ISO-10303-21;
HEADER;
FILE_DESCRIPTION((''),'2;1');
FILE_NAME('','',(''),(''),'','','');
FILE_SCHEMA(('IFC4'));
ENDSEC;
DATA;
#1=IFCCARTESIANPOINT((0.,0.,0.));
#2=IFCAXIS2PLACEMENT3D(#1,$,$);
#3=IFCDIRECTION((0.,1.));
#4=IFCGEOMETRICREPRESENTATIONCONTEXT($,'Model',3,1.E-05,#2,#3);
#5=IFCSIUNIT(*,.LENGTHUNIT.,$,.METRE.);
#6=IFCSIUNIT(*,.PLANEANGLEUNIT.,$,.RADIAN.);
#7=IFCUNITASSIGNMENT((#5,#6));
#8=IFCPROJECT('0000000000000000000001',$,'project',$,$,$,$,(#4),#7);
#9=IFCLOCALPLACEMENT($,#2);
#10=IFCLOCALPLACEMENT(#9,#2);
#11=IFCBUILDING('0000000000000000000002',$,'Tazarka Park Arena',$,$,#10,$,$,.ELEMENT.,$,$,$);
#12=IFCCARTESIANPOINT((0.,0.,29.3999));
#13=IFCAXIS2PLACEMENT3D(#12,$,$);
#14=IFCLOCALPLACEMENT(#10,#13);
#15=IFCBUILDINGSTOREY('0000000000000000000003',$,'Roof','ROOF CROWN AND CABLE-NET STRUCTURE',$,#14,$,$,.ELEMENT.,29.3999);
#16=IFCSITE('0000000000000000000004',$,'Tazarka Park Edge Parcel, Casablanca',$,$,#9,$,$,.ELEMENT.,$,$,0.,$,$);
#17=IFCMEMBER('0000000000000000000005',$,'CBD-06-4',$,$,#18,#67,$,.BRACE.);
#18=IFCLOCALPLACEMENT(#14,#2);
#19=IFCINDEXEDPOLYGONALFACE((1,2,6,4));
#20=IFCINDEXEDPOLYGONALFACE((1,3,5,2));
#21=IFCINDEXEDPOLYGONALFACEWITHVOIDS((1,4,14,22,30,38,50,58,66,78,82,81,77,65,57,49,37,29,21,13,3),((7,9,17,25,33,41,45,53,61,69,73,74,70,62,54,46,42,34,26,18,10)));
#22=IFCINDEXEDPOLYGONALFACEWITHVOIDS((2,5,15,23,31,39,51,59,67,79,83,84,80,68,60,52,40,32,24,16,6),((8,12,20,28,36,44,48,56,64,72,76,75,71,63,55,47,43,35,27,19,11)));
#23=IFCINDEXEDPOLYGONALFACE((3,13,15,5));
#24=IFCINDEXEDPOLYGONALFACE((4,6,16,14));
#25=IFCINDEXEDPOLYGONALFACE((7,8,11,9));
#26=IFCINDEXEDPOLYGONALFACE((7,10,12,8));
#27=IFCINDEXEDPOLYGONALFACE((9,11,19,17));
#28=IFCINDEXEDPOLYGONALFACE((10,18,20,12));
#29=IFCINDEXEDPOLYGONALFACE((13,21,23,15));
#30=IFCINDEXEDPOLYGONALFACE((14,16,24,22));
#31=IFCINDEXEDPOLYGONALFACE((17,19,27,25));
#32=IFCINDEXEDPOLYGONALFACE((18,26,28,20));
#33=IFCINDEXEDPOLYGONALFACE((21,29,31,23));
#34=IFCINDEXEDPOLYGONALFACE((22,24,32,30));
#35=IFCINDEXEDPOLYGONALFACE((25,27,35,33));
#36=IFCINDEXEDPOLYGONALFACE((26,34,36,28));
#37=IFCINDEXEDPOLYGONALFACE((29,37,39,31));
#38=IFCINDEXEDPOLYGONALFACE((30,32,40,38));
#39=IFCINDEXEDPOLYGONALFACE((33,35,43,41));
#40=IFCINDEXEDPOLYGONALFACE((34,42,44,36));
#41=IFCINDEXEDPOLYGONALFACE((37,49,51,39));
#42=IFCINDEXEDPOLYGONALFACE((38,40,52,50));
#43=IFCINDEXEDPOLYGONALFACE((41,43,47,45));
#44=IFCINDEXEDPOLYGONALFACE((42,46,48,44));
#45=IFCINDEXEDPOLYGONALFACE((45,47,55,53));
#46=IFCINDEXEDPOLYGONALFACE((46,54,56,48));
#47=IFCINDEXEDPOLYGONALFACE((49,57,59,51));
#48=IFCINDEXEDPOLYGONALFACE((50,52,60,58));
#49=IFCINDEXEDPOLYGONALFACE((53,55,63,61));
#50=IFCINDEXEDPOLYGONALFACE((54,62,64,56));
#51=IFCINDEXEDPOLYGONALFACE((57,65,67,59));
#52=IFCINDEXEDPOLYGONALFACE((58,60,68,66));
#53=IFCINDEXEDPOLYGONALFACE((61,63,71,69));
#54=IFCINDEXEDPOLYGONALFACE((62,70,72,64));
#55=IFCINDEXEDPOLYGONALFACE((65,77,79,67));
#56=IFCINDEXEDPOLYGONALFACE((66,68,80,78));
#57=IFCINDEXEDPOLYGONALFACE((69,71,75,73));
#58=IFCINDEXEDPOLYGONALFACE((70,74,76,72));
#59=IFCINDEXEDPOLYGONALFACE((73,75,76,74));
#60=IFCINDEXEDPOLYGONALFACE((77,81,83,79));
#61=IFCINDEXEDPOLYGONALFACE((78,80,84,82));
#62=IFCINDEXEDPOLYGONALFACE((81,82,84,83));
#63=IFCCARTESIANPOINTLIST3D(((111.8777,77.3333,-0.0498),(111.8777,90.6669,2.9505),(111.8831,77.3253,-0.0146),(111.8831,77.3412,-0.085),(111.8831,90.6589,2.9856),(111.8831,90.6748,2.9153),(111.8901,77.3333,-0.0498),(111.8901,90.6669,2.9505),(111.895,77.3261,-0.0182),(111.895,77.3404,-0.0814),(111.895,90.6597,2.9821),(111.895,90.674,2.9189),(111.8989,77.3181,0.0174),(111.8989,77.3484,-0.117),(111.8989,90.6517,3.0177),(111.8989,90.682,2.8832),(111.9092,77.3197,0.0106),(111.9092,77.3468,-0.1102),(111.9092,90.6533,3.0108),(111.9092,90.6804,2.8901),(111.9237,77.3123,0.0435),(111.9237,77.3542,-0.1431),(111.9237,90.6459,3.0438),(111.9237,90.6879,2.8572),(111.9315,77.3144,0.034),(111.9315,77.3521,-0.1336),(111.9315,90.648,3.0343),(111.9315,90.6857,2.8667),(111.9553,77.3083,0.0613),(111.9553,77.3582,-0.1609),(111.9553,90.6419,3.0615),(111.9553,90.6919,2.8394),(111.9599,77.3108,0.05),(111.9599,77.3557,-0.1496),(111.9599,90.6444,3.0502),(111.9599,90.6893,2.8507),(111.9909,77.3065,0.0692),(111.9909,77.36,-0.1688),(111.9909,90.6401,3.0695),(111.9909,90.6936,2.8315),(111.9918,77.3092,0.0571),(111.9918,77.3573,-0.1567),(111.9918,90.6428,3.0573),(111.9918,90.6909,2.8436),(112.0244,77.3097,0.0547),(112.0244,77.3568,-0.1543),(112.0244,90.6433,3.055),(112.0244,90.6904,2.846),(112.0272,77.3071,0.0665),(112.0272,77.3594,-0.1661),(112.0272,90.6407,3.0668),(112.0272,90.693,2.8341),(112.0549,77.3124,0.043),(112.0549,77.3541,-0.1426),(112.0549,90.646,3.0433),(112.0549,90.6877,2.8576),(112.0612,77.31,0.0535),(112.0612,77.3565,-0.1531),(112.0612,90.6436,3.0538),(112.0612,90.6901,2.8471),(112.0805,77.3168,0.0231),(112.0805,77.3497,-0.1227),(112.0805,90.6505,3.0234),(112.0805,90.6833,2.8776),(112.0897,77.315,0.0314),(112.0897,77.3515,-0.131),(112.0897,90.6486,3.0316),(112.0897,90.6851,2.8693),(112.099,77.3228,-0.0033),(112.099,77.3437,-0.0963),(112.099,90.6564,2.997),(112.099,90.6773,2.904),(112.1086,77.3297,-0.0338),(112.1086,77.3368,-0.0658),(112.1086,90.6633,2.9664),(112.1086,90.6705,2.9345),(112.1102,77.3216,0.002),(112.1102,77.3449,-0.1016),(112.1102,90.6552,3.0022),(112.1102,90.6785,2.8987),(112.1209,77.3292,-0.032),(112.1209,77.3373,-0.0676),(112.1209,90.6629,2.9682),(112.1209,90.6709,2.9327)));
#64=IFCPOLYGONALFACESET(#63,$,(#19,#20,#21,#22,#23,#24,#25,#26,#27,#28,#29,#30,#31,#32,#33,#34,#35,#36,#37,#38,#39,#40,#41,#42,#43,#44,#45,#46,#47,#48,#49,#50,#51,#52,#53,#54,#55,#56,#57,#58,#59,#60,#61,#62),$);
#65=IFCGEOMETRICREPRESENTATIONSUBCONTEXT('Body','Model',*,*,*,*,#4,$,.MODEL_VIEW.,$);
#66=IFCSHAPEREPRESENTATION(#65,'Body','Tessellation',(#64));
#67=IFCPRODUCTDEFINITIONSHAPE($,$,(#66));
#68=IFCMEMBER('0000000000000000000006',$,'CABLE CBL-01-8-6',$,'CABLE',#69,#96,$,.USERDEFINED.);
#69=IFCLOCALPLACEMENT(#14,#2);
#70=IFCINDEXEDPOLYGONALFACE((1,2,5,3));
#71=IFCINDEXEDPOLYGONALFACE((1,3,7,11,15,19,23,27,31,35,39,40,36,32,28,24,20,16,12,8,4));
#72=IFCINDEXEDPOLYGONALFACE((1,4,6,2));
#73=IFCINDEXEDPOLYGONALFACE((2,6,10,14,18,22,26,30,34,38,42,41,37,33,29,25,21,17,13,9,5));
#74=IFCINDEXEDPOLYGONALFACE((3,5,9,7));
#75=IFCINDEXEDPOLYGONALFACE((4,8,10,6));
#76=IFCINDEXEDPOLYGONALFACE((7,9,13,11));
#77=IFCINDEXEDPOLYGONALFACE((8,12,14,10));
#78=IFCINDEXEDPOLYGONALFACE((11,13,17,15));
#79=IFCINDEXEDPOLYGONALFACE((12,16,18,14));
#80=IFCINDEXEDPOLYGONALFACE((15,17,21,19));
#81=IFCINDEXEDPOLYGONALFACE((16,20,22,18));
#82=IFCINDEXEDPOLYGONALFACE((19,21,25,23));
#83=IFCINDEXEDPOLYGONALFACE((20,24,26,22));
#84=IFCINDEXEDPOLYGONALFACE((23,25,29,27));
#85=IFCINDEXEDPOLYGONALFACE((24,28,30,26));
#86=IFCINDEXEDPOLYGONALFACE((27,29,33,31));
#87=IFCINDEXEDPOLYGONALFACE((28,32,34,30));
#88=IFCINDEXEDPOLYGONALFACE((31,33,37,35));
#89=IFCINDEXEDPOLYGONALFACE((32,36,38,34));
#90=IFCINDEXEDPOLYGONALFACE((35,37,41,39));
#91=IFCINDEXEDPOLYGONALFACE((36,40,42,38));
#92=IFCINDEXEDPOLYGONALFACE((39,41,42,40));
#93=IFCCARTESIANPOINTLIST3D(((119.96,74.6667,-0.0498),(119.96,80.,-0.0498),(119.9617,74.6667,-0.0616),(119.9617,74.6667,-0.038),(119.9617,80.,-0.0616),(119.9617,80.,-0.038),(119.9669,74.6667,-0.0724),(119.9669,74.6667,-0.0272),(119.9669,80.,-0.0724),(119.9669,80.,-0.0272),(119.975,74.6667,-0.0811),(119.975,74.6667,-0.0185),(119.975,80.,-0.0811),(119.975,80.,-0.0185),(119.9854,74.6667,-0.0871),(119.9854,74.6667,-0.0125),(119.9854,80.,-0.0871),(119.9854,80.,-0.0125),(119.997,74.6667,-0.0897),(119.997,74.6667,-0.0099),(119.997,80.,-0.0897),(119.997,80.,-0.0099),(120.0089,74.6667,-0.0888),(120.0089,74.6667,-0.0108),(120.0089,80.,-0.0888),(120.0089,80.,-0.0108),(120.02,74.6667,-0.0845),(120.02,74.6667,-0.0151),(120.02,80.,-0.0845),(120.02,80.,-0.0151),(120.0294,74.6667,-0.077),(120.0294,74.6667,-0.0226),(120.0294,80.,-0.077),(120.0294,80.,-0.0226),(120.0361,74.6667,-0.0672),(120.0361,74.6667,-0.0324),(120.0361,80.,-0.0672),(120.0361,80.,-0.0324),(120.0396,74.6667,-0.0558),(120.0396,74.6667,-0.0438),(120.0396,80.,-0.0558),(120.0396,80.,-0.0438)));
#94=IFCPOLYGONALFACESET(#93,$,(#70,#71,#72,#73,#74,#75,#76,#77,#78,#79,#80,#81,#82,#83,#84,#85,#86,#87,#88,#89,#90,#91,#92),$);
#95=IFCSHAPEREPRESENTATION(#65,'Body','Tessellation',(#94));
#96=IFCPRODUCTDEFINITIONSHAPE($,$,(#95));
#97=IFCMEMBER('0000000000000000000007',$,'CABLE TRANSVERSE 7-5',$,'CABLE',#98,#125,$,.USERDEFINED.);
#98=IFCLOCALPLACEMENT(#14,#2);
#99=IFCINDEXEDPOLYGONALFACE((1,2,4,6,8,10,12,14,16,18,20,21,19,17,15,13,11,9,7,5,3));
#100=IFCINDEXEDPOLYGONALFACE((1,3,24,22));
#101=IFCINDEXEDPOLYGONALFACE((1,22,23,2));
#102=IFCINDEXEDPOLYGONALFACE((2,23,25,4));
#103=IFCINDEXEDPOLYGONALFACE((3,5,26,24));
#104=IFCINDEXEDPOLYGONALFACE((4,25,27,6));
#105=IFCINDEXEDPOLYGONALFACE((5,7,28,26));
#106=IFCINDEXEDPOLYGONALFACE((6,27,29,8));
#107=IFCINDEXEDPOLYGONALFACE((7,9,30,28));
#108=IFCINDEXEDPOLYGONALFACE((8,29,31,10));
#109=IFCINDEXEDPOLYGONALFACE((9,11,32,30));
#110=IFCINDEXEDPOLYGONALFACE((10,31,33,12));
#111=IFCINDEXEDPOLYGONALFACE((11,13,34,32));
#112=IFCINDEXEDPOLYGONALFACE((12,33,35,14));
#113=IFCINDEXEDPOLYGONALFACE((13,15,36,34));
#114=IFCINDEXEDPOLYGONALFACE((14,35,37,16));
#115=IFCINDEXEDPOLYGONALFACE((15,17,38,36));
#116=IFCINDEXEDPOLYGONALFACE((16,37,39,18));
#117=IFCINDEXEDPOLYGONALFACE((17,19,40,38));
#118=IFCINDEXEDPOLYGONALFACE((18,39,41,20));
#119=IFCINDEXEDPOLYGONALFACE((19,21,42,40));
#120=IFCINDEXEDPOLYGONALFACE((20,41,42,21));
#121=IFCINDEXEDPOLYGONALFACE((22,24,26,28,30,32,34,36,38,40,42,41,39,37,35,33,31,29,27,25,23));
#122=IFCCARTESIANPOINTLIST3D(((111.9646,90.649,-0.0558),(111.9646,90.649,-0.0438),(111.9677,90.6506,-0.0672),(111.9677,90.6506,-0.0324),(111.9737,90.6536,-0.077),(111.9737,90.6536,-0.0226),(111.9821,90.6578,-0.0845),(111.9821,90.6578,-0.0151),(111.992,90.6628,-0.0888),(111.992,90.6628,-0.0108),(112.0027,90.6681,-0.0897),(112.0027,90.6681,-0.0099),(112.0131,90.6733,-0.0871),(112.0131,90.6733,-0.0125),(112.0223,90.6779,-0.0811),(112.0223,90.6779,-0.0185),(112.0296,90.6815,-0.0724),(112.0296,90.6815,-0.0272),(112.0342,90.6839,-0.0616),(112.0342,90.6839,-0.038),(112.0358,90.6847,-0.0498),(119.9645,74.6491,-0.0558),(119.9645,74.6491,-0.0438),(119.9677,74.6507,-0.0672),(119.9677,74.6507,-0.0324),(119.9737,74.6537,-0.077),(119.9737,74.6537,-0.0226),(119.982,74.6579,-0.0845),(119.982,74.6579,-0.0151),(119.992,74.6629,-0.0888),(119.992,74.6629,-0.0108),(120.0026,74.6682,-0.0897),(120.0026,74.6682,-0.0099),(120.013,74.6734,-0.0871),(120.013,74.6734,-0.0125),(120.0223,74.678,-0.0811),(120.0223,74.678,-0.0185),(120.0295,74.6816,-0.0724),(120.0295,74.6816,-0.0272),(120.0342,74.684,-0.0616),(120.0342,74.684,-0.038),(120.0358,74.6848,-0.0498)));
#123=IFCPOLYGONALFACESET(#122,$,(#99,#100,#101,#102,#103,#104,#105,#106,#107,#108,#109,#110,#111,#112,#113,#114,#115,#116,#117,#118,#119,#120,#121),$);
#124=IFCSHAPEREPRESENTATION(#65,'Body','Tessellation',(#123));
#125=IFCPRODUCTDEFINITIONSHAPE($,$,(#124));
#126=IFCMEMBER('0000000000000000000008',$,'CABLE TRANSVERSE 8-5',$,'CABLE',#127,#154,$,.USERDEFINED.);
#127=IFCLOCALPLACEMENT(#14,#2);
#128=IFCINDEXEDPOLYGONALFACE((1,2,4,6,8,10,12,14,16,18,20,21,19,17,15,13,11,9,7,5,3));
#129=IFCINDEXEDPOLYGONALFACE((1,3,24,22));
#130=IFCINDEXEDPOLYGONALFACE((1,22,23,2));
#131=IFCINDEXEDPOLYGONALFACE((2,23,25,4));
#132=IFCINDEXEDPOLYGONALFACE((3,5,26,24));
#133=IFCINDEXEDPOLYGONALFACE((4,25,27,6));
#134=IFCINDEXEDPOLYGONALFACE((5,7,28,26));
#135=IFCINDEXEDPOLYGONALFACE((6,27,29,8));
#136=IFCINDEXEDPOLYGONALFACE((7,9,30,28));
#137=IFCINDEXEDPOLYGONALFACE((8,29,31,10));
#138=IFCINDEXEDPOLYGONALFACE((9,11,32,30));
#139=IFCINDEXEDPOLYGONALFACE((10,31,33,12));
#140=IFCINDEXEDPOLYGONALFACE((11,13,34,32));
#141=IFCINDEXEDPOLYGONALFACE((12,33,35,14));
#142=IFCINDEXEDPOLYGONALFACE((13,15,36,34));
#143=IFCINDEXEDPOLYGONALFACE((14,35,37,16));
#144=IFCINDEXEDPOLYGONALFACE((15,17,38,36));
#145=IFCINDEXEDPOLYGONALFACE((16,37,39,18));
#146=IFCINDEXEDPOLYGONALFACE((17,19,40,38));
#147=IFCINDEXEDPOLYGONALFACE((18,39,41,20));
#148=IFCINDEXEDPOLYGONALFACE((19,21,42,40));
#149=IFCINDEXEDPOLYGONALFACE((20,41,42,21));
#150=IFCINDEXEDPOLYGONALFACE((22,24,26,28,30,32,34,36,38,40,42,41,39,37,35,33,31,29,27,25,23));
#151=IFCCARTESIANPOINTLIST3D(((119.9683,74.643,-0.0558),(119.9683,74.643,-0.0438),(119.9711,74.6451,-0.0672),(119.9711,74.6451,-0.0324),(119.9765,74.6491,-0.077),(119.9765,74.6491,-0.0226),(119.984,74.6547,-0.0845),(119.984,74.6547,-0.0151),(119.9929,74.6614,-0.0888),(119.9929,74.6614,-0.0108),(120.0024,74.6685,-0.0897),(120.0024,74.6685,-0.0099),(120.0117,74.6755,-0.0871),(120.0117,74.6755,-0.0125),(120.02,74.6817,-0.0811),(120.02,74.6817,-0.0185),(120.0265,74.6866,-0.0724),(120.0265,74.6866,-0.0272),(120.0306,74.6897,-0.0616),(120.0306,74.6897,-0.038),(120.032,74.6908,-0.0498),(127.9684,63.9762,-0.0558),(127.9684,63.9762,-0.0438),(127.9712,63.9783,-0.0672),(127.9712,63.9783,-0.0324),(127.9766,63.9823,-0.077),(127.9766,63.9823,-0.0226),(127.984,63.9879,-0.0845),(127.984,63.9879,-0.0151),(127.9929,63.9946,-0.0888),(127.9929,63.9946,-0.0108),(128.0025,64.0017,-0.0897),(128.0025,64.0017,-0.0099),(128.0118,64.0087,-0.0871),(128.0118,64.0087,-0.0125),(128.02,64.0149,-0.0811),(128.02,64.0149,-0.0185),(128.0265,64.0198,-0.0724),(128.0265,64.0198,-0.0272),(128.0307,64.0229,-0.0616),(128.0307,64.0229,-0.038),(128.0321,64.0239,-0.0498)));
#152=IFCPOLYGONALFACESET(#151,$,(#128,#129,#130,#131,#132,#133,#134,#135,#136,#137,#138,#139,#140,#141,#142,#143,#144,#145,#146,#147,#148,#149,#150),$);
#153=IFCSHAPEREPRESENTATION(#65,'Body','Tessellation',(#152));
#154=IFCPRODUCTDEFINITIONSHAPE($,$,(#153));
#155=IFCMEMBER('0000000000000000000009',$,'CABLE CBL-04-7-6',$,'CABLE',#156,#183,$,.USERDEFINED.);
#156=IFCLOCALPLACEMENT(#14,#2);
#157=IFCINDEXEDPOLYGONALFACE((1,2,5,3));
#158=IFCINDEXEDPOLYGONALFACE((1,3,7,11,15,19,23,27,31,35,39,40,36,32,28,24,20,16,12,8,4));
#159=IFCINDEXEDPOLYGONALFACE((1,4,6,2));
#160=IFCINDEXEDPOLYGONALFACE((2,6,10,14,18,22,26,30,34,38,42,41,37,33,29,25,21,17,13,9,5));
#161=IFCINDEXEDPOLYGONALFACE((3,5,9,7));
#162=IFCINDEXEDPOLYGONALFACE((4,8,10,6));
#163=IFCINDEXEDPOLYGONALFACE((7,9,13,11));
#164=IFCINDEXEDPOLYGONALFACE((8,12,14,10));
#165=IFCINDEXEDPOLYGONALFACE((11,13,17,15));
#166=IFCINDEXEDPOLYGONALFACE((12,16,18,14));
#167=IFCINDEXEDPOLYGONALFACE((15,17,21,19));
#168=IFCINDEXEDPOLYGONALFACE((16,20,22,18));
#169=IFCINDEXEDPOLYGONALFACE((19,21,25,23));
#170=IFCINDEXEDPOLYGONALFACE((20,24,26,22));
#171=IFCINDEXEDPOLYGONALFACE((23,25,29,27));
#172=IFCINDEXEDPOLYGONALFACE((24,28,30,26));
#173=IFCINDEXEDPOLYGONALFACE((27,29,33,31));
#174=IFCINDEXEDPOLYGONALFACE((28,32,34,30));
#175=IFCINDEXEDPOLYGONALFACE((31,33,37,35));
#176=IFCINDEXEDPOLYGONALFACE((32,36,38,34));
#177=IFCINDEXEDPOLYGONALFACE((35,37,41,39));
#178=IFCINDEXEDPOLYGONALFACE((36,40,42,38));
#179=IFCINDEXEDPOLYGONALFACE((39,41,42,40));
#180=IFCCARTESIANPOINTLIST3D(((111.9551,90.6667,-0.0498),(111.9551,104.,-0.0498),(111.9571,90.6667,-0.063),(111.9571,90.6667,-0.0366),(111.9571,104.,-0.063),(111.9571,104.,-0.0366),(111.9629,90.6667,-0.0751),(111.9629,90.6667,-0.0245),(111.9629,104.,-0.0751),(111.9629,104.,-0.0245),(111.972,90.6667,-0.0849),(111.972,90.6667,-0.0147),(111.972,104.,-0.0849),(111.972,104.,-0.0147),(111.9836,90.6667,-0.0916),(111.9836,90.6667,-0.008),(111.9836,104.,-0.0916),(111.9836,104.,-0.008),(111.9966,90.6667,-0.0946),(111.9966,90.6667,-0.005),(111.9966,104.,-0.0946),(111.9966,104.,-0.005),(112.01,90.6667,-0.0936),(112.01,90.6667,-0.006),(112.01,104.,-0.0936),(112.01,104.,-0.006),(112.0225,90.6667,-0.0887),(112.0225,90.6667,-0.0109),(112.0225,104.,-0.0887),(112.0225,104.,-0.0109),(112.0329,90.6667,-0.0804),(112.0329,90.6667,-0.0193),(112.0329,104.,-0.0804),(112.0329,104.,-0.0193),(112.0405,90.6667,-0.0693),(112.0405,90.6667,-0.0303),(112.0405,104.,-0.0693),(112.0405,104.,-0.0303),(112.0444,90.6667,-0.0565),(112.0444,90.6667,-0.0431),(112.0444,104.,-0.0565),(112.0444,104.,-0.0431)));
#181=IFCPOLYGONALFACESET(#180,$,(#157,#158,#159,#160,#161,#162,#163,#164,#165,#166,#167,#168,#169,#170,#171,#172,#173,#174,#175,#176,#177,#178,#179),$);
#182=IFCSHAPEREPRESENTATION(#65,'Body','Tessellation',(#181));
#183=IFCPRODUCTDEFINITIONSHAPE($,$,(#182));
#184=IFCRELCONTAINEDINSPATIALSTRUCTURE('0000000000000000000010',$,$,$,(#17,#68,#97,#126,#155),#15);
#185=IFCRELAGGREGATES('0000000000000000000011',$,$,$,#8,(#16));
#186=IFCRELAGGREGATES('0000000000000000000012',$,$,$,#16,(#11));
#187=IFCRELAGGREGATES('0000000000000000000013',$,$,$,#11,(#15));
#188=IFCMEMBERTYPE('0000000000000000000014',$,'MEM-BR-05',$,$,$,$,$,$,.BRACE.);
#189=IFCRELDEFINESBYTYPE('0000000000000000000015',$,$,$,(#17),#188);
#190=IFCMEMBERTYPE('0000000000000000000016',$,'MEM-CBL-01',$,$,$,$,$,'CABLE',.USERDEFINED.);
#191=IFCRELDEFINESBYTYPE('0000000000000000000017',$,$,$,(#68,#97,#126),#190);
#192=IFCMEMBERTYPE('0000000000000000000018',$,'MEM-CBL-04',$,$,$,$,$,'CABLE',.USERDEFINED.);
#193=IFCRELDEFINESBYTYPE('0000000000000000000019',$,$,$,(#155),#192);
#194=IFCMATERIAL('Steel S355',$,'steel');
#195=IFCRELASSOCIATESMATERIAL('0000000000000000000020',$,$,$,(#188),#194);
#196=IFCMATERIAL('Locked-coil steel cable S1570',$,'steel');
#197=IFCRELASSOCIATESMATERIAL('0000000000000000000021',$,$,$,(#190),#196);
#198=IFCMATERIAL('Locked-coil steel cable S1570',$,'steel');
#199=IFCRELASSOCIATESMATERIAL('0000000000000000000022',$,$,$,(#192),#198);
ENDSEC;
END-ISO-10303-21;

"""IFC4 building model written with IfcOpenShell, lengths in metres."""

from ifc_helpers import new_model, si_unit, direction, frame, origin, origin_2d, place, context, subcontext, project, spatial, circle, hollow_circle, extrude, material, material_profile, profile_set, type_object, element, save


model = new_model("IFC4")

# Units and contexts
model_context = context("Model", 3, precision=1e-05, world=origin(), true_north=direction((0.0, 1.0)))
body_context = subcontext(model_context, "Body", "Model", "MODEL_VIEW")
ifc_project = project(units=[si_unit("LENGTHUNIT", "METRE"), si_unit("PLANEANGLEUNIT", "RADIAN")], contexts=[model_context])

# Site, building, storey
site_placement = place(None, origin())
site = spatial("IfcSite", under=ifc_project, at=site_placement, Name="Tazarka Park Edge Parcel, Casablanca", CompositionType="ELEMENT", RefElevation=0.0)
building_placement = place(site_placement, origin())
building = spatial("IfcBuilding", under=site, at=building_placement, Name="Tazarka Park Arena", CompositionType="ELEMENT")
storey_placement = place(building_placement, frame((0.0, 0.0, 29.3999)))
storey = spatial("IfcBuildingStorey", under=building, at=storey_placement, Name="Roof", Description="ROOF CROWN AND CABLE-NET STRUCTURE", CompositionType="ELEMENT", Elevation=29.3999)

# Members
ifc_material_1 = material(Name="Steel S355", Category="steel")
ifc_material_profile_1 = material_profile(ifc_material_1, hollow_circle(Radius=0.1223, WallThickness=0.0125, at=origin_2d()), Name="Steel S355")
ifc_profile_set_1 = profile_set([ifc_material_profile_1], Name="Steel S355")
member_type_1 = type_object("IfcMemberType", Name="MEM-BR-05", PredefinedType="BRACE", material=ifc_profile_set_1)
member_1_placement = place(storey_placement, frame((112.0, 77.3333, -0.0498), z_axis=(0.0, 0.975607, 0.219527), x_axis=(-1.0, 0.0, 0.0)))
element("IfcMember", 1, at=member_1_placement, inside=storey, type_object=member_type_1, Name="CBD-06-4", PredefinedType="BRACE", context=body_context, shape_type="SweptSolid", body=[
    extrude(hollow_circle(Radius=0.1223, WallThickness=0.0125, at=origin_2d()), origin(), (0.0, 0.0, 1.0), 13.667),
])
ifc_material_2 = material(Name="Locked-coil steel cable S1570", Category="steel")
ifc_material_profile_2 = material_profile(ifc_material_2, circle(Radius=0.04, at=origin_2d()), Name="Locked-coil steel cable S1570")
ifc_profile_set_2 = profile_set([ifc_material_profile_2], Name="Locked-coil steel cable S1570")
member_type_2 = type_object("IfcMemberType", Name="MEM-CBL-01", ElementType="CABLE", PredefinedType="USERDEFINED", material=ifc_profile_set_2)
member_2_placement = place(storey_placement, frame((120.0, 74.6667, -0.0498), z_axis=(0.0, 1.0, 0.0), x_axis=(-1.0, 0.0, 0.0)))
element("IfcMember", 2, at=member_2_placement, inside=storey, type_object=member_type_2, Name="CABLE CBL-01-8-6", ObjectType="CABLE", PredefinedType="USERDEFINED", context=body_context, shape_type="SweptSolid", body=[
    extrude(circle(Radius=0.04, at=origin_2d()), origin(), (0.0, 0.0, 1.0), 5.3333),
])
member_3_placement = place(storey_placement, frame((112.0, 90.6667, -0.0498), z_axis=(0.447214, -0.894427, 0.0), x_axis=(0.894427, 0.447214, 0.0)))
element("IfcMember", 3, at=member_3_placement, inside=storey, type_object=member_type_2, Name="CABLE TRANSVERSE 7-5", ObjectType="CABLE", PredefinedType="USERDEFINED", context=body_context, shape_type="SweptSolid", body=[
    extrude(circle(Radius=0.04, at=origin_2d()), origin(), (0.0, 0.0, 1.0), 17.8884),
])
member_4_placement = place(storey_placement, frame((120.0, 74.6667, -0.0498), z_axis=(0.599997, -0.800002, 0.0), x_axis=(0.800002, 0.599997, 0.0)))
element("IfcMember", 4, at=member_4_placement, inside=storey, type_object=member_type_2, Name="CABLE TRANSVERSE 8-5", ObjectType="CABLE", PredefinedType="USERDEFINED", context=body_context, shape_type="SweptSolid", body=[
    extrude(circle(Radius=0.04, at=origin_2d()), origin(), (0.0, 0.0, 1.0), 13.3335),
])
ifc_material_3 = material(Name="Locked-coil steel cable S1570", Category="steel")
ifc_material_profile_3 = material_profile(ifc_material_3, circle(Radius=0.0449, at=origin_2d()), Name="Locked-coil steel cable S1570")
ifc_profile_set_3 = profile_set([ifc_material_profile_3], Name="Locked-coil steel cable S1570")
member_type_3 = type_object("IfcMemberType", Name="MEM-CBL-04", ElementType="CABLE", PredefinedType="USERDEFINED", material=ifc_profile_set_3)
member_5_placement = place(storey_placement, frame((112.0, 90.6667, -0.0498), z_axis=(0.0, 1.0, 0.0), x_axis=(-1.0, 0.0, 0.0)))
element("IfcMember", 5, at=member_5_placement, inside=storey, type_object=member_type_3, Name="CABLE CBL-04-7-6", ObjectType="CABLE", PredefinedType="USERDEFINED", context=body_context, shape_type="SweptSolid", body=[
    extrude(circle(Radius=0.0449, at=origin_2d()), origin(), (0.0, 0.0, 1.0), 13.3333),
])

save(model, "model.ifc")
